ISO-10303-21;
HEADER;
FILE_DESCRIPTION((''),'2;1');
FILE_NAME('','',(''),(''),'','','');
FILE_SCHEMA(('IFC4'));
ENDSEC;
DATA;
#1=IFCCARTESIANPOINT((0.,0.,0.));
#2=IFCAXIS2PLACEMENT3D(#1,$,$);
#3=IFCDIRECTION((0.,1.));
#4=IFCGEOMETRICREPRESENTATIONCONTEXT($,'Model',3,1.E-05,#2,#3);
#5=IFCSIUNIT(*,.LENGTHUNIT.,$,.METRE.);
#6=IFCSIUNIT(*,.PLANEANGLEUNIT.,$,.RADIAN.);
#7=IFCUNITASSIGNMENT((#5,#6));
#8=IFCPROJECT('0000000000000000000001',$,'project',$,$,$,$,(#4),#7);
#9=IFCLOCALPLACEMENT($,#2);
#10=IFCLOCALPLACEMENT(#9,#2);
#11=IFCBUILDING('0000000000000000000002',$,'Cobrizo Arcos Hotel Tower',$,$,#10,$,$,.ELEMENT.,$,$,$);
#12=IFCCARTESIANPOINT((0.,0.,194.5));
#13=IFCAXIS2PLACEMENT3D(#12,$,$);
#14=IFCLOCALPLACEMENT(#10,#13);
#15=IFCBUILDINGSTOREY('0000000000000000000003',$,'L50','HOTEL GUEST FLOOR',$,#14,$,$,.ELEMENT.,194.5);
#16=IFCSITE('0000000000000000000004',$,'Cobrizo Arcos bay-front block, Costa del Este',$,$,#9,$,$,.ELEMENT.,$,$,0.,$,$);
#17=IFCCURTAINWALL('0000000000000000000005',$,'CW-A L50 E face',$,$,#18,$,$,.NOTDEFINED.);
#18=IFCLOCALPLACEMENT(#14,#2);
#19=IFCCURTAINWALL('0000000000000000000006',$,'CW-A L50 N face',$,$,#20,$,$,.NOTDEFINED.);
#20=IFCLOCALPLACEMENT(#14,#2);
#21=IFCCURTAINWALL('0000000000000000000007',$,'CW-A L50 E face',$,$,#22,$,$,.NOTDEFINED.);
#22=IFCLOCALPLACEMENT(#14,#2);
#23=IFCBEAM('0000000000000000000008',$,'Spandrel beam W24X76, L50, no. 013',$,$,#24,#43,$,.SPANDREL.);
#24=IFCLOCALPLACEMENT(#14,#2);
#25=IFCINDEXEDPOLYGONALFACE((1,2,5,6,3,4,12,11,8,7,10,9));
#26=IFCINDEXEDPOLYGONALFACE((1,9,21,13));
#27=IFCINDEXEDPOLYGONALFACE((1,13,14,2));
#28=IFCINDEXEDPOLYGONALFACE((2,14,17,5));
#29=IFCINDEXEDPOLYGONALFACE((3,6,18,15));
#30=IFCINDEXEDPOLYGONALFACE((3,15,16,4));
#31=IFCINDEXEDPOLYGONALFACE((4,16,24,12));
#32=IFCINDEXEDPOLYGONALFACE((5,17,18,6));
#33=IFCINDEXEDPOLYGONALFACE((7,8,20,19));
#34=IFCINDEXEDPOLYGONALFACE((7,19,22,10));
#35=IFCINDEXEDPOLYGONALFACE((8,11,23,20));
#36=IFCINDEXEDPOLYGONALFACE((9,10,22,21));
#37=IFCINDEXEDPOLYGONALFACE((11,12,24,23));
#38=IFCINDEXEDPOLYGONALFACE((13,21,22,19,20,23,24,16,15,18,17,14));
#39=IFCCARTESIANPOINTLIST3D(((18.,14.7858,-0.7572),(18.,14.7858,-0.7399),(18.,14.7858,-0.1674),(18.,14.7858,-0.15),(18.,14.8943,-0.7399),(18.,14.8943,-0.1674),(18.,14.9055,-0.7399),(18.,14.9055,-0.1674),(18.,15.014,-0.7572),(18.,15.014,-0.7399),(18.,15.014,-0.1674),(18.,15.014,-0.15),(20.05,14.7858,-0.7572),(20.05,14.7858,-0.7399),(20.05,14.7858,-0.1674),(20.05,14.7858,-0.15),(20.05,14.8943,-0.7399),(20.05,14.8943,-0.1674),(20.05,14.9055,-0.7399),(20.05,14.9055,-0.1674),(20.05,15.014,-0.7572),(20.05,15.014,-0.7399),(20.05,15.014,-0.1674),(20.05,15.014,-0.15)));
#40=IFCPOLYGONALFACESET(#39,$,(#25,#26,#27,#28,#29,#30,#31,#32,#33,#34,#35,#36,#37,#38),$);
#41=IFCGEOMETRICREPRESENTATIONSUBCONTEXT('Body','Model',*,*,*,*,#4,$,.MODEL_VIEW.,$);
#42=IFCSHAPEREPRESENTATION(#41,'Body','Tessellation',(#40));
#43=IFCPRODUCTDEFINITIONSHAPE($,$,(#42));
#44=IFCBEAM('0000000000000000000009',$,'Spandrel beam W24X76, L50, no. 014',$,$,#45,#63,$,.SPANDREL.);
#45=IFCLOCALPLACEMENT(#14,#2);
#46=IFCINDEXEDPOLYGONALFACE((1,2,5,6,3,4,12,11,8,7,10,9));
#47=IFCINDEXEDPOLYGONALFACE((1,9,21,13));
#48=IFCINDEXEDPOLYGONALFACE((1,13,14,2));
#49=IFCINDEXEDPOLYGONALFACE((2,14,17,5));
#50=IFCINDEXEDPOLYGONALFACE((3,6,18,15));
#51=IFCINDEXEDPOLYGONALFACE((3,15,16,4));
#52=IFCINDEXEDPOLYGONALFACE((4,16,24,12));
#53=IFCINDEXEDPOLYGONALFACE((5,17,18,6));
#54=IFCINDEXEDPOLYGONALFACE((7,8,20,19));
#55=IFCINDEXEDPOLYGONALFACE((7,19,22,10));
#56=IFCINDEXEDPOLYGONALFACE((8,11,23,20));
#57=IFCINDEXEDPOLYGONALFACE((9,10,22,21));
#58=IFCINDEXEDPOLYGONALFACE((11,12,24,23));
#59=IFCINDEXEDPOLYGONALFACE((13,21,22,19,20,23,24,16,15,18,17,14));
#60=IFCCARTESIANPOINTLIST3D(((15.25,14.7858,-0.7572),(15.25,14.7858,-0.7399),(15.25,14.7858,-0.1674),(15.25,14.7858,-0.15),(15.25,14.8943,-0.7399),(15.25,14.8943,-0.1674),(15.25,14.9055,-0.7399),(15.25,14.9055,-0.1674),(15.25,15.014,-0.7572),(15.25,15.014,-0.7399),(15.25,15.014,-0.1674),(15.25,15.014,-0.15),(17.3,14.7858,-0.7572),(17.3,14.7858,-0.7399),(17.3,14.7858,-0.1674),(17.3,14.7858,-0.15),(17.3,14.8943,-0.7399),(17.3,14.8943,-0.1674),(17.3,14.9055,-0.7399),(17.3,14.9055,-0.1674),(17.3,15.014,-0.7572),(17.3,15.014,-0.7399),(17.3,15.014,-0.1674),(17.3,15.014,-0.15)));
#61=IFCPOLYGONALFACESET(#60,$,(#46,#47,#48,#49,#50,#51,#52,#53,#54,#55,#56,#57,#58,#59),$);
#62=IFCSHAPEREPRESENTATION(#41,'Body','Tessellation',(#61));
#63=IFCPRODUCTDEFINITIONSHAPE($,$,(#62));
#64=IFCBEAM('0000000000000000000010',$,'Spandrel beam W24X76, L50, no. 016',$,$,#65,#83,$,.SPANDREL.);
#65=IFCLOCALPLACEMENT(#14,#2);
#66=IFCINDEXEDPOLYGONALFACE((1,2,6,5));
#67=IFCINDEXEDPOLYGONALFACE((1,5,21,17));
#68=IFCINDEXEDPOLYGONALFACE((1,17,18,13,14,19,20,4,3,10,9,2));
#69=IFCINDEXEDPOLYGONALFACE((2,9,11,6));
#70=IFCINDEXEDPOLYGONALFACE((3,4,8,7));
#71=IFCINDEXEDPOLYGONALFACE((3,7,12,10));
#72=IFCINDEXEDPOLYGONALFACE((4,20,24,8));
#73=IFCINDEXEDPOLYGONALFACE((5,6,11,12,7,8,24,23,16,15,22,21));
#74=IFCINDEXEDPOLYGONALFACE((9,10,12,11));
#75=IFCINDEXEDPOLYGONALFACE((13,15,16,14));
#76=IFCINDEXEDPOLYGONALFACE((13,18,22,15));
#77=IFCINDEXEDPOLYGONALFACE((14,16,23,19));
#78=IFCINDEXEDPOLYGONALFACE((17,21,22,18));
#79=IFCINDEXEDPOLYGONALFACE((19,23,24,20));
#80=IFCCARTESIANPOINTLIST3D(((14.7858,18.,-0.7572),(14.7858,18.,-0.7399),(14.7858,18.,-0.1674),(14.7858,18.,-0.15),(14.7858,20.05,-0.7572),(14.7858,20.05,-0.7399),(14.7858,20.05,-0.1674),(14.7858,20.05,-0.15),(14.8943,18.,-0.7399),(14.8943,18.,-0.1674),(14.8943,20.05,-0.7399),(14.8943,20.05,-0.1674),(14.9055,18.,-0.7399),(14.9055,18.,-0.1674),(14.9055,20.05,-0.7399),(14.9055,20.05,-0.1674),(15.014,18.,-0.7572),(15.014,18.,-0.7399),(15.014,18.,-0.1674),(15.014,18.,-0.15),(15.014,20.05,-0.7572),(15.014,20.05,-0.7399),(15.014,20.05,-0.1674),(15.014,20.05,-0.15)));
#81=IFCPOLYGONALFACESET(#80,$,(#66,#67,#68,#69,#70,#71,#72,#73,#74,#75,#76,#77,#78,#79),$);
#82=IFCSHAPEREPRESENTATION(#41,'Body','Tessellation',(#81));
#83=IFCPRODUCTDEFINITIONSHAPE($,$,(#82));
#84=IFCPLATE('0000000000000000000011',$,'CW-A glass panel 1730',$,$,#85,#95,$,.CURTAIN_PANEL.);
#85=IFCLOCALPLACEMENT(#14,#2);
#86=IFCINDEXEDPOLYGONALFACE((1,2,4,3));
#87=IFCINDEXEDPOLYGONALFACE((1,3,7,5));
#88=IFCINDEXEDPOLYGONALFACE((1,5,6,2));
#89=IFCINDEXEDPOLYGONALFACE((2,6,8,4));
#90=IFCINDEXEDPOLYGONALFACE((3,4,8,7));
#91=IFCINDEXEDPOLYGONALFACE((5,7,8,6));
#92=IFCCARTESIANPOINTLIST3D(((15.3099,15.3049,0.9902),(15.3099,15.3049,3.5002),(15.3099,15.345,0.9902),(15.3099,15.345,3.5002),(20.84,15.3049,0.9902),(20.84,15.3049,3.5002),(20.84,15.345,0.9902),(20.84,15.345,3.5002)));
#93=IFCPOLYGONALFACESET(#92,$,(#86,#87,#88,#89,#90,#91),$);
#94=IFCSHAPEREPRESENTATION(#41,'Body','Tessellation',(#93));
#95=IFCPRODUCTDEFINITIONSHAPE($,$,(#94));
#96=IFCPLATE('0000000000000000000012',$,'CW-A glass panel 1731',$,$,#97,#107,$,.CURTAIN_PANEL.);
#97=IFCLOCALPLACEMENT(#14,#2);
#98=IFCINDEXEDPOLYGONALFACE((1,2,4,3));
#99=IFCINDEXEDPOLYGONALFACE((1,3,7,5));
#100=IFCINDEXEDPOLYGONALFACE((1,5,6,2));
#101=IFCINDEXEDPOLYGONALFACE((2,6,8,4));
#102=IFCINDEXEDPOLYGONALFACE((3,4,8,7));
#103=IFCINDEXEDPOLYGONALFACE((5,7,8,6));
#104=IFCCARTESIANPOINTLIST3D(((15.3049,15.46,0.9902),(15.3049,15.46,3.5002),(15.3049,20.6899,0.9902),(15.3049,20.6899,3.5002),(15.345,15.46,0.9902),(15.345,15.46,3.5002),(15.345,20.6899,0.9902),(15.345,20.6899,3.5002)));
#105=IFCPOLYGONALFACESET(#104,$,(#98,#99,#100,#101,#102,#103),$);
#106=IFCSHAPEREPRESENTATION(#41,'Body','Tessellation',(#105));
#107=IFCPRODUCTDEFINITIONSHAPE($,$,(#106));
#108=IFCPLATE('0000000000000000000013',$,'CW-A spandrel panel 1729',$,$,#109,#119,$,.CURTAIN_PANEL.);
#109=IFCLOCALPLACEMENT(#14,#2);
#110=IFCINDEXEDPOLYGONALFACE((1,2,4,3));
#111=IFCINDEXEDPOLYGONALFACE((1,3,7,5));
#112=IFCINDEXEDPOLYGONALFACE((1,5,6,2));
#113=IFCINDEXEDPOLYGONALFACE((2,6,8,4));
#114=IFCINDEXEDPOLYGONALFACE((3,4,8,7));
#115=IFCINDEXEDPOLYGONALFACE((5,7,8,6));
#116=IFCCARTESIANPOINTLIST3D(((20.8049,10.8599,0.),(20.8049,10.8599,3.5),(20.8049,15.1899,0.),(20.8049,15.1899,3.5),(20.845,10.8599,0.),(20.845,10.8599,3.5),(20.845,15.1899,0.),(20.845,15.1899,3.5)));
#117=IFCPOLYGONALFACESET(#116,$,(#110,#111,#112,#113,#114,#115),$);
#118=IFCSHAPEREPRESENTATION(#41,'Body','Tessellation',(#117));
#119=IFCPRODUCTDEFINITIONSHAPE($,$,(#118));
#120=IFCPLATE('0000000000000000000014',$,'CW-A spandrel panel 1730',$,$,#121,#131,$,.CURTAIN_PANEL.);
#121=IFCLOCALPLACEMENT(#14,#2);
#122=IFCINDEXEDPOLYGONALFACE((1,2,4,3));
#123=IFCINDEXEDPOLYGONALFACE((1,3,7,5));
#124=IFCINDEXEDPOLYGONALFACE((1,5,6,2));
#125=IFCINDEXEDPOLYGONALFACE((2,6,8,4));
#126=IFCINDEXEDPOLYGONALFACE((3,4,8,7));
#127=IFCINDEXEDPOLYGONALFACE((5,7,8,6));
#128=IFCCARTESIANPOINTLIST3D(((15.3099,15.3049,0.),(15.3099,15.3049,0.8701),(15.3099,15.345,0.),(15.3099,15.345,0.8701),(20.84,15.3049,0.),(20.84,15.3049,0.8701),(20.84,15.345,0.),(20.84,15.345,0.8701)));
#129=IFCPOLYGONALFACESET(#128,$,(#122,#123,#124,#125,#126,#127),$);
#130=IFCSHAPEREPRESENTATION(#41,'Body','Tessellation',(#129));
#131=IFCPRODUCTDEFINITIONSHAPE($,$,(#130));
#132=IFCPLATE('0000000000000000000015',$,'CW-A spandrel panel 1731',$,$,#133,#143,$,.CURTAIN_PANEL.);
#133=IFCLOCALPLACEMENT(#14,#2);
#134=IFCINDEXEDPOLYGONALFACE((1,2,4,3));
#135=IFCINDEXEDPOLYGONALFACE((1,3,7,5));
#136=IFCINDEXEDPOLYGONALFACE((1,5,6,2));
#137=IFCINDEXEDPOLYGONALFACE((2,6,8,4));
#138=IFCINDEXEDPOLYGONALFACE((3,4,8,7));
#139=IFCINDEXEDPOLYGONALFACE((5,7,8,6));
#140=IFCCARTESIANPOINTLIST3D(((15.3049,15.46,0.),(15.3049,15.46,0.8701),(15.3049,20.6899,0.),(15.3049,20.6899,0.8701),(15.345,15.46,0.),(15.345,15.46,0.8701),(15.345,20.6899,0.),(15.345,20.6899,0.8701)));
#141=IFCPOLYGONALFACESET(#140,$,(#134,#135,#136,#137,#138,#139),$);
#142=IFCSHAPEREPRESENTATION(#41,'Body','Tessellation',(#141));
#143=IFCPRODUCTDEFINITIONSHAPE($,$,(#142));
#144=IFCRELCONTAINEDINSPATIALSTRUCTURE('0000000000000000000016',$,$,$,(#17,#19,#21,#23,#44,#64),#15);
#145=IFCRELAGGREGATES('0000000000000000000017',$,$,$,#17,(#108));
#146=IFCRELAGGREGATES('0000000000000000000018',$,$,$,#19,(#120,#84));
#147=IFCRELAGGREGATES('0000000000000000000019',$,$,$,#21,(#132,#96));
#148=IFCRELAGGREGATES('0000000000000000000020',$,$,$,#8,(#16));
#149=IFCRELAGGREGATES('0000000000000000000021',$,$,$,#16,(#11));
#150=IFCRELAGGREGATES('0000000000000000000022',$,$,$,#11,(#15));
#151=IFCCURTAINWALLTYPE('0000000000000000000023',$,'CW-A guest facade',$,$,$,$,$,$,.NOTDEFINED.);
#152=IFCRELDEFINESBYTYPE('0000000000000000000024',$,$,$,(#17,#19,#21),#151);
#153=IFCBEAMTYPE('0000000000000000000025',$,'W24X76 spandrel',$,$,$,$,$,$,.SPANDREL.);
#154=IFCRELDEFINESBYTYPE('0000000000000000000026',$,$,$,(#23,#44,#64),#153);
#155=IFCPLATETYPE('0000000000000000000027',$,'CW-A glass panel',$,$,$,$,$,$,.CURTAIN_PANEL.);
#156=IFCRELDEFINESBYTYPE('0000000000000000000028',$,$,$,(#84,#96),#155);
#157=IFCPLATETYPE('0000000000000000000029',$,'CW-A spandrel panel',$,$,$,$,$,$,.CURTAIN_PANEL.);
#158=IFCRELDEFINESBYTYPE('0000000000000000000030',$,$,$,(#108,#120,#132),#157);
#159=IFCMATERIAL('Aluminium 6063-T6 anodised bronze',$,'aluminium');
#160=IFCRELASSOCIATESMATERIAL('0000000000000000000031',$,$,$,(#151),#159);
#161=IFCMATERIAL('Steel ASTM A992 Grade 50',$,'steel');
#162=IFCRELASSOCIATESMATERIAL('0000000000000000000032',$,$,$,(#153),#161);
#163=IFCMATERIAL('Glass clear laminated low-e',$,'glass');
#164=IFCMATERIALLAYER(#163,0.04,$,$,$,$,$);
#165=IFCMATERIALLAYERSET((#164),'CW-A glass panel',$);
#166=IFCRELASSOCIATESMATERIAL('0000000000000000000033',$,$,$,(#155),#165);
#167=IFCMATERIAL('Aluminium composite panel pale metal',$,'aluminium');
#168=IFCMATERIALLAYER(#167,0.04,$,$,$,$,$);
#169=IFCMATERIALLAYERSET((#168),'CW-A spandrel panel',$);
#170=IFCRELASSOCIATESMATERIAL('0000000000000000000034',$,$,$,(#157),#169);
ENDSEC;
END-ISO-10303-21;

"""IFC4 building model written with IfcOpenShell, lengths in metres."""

from ifc_helpers import new_model, si_unit, direction, frame, origin, origin_2d, place, context, subcontext, project, spatial, rectangle, i_section, extrude, material, layer, layer_set, material_profile, profile_set, type_object, element, aggregate, save


model = new_model("IFC4")

# Units and contexts
model_context = context("Model", 3, precision=1e-05, world=origin(), true_north=direction((0.0, 1.0)))
body_context = subcontext(model_context, "Body", "Model", "MODEL_VIEW")
ifc_project = project(units=[si_unit("LENGTHUNIT", "METRE"), si_unit("PLANEANGLEUNIT", "RADIAN")], contexts=[model_context])

# Site, building, storey
site_placement = place(None, origin())
site = spatial("IfcSite", under=ifc_project, at=site_placement, Name="Cobrizo Arcos bay-front block, Costa del Este", CompositionType="ELEMENT", RefElevation=0.0)
building_placement = place(site_placement, origin())
building = spatial("IfcBuilding", under=site, at=building_placement, Name="Cobrizo Arcos Hotel Tower", CompositionType="ELEMENT")
storey_placement = place(building_placement, frame((0.0, 0.0, 194.5)))
storey = spatial("IfcBuildingStorey", under=building, at=storey_placement, Name="L50", Description="HOTEL GUEST FLOOR", CompositionType="ELEMENT", Elevation=194.5)

# Curtain wall
ifc_material_1 = material(Name="Aluminium 6063-T6 anodised bronze", Category="aluminium")
curtain_wall_type = type_object("IfcCurtainWallType", Name="CW-A guest facade", PredefinedType="NOTDEFINED", material=ifc_material_1)
curtain_wall_1_placement = place(storey_placement, origin())
curtain_wall_1 = element("IfcCurtainWall", 1, at=curtain_wall_1_placement, inside=storey, type_object=curtain_wall_type, Name="CW-A L50 E face", PredefinedType="NOTDEFINED")

# Curtain walls
curtain_wall_2_placement = place(storey_placement, origin())
curtain_wall_2 = element("IfcCurtainWall", 2, at=curtain_wall_2_placement, inside=storey, type_object=curtain_wall_type, Name="CW-A L50 N face", PredefinedType="NOTDEFINED")
curtain_wall_3_placement = place(storey_placement, origin())
curtain_wall_3 = element("IfcCurtainWall", 3, at=curtain_wall_3_placement, inside=storey, type_object=curtain_wall_type, Name="CW-A L50 E face", PredefinedType="NOTDEFINED")

# Beams
ifc_material_2 = material(Name="Steel ASTM A992 Grade 50", Category="steel")
ifc_material_profile_1 = material_profile(ifc_material_2, i_section(OverallWidth=0.2283, OverallDepth=0.6072, WebThickness=0.0112, FlangeThickness=0.0173, at=origin_2d()), Name="W24X76")
ifc_profile_set_1 = profile_set([ifc_material_profile_1], Name="Steel ASTM A992 Grade 50")
beam_type = type_object("IfcBeamType", Name="W24X76 spandrel", PredefinedType="SPANDREL", material=ifc_profile_set_1)
for number, where, z_axis, x_axis, name in (
    (4, (20.05, 14.8999, -0.4536), (-1.0, 0.0, 0.0), (0.0, -1.0, 0.0), "Spandrel beam W24X76, L50, no. 013"),
    (5, (17.3, 14.8999, -0.4536), (-1.0, 0.0, 0.0), (0.0, -1.0, 0.0), "Spandrel beam W24X76, L50, no. 014"),
    (6, (14.8999, 18.0, -0.4536), (0.0, 1.0, 0.0), (-1.0, 0.0, 0.0), "Spandrel beam W24X76, L50, no. 016"),
):
    element("IfcBeam", number, at=place(storey_placement, frame(where, z_axis=z_axis, x_axis=x_axis)), inside=storey, type_object=beam_type, Name=name, PredefinedType="SPANDREL", context=body_context, shape_type="SweptSolid", body=[
        extrude(i_section(OverallWidth=0.2283, OverallDepth=0.6072, WebThickness=0.0112, FlangeThickness=0.0173, at=origin_2d()), origin(), (0.0, 0.0, 1.0), 2.05),
    ])

# Plates
ifc_material_3 = material(Name="Glass clear laminated low-e", Category="glass")
ifc_layer_1 = layer(ifc_material_3, 0.04)
ifc_layer_set_1 = layer_set([ifc_layer_1], Name="CW-A glass panel")
plate_type_1 = type_object("IfcPlateType", Name="CW-A glass panel", PredefinedType="CURTAIN_PANEL", material=ifc_layer_set_1)
plate_1_placement = place(storey_placement, frame((18.075, 15.325, 0.9902), z_axis=(0.0, 0.0, 1.0), x_axis=(-1.0, 0.0, 0.0)))
plate_1 = element("IfcPlate", 7, at=plate_1_placement, type_object=plate_type_1, Name="CW-A glass panel 1730", PredefinedType="CURTAIN_PANEL", context=body_context, shape_type="SweptSolid", body=[
    extrude(rectangle(XDim=5.53, YDim=0.04, at=origin_2d()), origin(), (0.0, 0.0, 1.0), 2.51),
])
plate_2_placement = place(storey_placement, frame((15.325, 18.075, 0.9902), z_axis=(0.0, 0.0, 1.0), x_axis=(0.0, 1.0, 0.0)))
plate_2 = element("IfcPlate", 8, at=plate_2_placement, type_object=plate_type_1, Name="CW-A glass panel 1731", PredefinedType="CURTAIN_PANEL", context=body_context, shape_type="SweptSolid", body=[
    extrude(rectangle(XDim=5.23, YDim=0.04, at=origin_2d()), origin(), (0.0, 0.0, 1.0), 2.51),
])
ifc_material_4 = material(Name="Aluminium composite panel pale metal", Category="aluminium")
ifc_layer_2 = layer(ifc_material_4, 0.04)
ifc_layer_set_2 = layer_set([ifc_layer_2], Name="CW-A spandrel panel")
plate_type_2 = type_object("IfcPlateType", Name="CW-A spandrel panel", PredefinedType="CURTAIN_PANEL", material=ifc_layer_set_2)
plate_3_placement = place(storey_placement, frame((20.825, 13.0249, 0.0), z_axis=(0.0, 0.0, 1.0), x_axis=(0.0, 1.0, 0.0)))
plate_3 = element("IfcPlate", 9, at=plate_3_placement, type_object=plate_type_2, Name="CW-A spandrel panel 1729", PredefinedType="CURTAIN_PANEL", context=body_context, shape_type="SweptSolid", body=[
    extrude(rectangle(XDim=4.3301, YDim=0.04, at=origin_2d()), origin(), (0.0, 0.0, 1.0), 3.5),
])
aggregate(curtain_wall_1, [plate_3])
plate_4_placement = place(storey_placement, frame((18.075, 15.325, 0.0), z_axis=(0.0, 0.0, 1.0), x_axis=(-1.0, 0.0, 0.0)))
plate_4 = element("IfcPlate", 10, at=plate_4_placement, type_object=plate_type_2, Name="CW-A spandrel panel 1730", PredefinedType="CURTAIN_PANEL", context=body_context, shape_type="SweptSolid", body=[
    extrude(rectangle(XDim=5.53, YDim=0.04, at=origin_2d()), origin(), (0.0, 0.0, 1.0), 0.8701),
])
aggregate(curtain_wall_2, [plate_4, plate_1])
plate_5_placement = place(storey_placement, frame((15.325, 18.075, 0.0), z_axis=(0.0, 0.0, 1.0), x_axis=(0.0, 1.0, 0.0)))
plate_5 = element("IfcPlate", 11, at=plate_5_placement, type_object=plate_type_2, Name="CW-A spandrel panel 1731", PredefinedType="CURTAIN_PANEL", context=body_context, shape_type="SweptSolid", body=[
    extrude(rectangle(XDim=5.23, YDim=0.04, at=origin_2d()), origin(), (0.0, 0.0, 1.0), 0.8701),
])
aggregate(curtain_wall_3, [plate_5, plate_2])

save(model, "model.ifc")
